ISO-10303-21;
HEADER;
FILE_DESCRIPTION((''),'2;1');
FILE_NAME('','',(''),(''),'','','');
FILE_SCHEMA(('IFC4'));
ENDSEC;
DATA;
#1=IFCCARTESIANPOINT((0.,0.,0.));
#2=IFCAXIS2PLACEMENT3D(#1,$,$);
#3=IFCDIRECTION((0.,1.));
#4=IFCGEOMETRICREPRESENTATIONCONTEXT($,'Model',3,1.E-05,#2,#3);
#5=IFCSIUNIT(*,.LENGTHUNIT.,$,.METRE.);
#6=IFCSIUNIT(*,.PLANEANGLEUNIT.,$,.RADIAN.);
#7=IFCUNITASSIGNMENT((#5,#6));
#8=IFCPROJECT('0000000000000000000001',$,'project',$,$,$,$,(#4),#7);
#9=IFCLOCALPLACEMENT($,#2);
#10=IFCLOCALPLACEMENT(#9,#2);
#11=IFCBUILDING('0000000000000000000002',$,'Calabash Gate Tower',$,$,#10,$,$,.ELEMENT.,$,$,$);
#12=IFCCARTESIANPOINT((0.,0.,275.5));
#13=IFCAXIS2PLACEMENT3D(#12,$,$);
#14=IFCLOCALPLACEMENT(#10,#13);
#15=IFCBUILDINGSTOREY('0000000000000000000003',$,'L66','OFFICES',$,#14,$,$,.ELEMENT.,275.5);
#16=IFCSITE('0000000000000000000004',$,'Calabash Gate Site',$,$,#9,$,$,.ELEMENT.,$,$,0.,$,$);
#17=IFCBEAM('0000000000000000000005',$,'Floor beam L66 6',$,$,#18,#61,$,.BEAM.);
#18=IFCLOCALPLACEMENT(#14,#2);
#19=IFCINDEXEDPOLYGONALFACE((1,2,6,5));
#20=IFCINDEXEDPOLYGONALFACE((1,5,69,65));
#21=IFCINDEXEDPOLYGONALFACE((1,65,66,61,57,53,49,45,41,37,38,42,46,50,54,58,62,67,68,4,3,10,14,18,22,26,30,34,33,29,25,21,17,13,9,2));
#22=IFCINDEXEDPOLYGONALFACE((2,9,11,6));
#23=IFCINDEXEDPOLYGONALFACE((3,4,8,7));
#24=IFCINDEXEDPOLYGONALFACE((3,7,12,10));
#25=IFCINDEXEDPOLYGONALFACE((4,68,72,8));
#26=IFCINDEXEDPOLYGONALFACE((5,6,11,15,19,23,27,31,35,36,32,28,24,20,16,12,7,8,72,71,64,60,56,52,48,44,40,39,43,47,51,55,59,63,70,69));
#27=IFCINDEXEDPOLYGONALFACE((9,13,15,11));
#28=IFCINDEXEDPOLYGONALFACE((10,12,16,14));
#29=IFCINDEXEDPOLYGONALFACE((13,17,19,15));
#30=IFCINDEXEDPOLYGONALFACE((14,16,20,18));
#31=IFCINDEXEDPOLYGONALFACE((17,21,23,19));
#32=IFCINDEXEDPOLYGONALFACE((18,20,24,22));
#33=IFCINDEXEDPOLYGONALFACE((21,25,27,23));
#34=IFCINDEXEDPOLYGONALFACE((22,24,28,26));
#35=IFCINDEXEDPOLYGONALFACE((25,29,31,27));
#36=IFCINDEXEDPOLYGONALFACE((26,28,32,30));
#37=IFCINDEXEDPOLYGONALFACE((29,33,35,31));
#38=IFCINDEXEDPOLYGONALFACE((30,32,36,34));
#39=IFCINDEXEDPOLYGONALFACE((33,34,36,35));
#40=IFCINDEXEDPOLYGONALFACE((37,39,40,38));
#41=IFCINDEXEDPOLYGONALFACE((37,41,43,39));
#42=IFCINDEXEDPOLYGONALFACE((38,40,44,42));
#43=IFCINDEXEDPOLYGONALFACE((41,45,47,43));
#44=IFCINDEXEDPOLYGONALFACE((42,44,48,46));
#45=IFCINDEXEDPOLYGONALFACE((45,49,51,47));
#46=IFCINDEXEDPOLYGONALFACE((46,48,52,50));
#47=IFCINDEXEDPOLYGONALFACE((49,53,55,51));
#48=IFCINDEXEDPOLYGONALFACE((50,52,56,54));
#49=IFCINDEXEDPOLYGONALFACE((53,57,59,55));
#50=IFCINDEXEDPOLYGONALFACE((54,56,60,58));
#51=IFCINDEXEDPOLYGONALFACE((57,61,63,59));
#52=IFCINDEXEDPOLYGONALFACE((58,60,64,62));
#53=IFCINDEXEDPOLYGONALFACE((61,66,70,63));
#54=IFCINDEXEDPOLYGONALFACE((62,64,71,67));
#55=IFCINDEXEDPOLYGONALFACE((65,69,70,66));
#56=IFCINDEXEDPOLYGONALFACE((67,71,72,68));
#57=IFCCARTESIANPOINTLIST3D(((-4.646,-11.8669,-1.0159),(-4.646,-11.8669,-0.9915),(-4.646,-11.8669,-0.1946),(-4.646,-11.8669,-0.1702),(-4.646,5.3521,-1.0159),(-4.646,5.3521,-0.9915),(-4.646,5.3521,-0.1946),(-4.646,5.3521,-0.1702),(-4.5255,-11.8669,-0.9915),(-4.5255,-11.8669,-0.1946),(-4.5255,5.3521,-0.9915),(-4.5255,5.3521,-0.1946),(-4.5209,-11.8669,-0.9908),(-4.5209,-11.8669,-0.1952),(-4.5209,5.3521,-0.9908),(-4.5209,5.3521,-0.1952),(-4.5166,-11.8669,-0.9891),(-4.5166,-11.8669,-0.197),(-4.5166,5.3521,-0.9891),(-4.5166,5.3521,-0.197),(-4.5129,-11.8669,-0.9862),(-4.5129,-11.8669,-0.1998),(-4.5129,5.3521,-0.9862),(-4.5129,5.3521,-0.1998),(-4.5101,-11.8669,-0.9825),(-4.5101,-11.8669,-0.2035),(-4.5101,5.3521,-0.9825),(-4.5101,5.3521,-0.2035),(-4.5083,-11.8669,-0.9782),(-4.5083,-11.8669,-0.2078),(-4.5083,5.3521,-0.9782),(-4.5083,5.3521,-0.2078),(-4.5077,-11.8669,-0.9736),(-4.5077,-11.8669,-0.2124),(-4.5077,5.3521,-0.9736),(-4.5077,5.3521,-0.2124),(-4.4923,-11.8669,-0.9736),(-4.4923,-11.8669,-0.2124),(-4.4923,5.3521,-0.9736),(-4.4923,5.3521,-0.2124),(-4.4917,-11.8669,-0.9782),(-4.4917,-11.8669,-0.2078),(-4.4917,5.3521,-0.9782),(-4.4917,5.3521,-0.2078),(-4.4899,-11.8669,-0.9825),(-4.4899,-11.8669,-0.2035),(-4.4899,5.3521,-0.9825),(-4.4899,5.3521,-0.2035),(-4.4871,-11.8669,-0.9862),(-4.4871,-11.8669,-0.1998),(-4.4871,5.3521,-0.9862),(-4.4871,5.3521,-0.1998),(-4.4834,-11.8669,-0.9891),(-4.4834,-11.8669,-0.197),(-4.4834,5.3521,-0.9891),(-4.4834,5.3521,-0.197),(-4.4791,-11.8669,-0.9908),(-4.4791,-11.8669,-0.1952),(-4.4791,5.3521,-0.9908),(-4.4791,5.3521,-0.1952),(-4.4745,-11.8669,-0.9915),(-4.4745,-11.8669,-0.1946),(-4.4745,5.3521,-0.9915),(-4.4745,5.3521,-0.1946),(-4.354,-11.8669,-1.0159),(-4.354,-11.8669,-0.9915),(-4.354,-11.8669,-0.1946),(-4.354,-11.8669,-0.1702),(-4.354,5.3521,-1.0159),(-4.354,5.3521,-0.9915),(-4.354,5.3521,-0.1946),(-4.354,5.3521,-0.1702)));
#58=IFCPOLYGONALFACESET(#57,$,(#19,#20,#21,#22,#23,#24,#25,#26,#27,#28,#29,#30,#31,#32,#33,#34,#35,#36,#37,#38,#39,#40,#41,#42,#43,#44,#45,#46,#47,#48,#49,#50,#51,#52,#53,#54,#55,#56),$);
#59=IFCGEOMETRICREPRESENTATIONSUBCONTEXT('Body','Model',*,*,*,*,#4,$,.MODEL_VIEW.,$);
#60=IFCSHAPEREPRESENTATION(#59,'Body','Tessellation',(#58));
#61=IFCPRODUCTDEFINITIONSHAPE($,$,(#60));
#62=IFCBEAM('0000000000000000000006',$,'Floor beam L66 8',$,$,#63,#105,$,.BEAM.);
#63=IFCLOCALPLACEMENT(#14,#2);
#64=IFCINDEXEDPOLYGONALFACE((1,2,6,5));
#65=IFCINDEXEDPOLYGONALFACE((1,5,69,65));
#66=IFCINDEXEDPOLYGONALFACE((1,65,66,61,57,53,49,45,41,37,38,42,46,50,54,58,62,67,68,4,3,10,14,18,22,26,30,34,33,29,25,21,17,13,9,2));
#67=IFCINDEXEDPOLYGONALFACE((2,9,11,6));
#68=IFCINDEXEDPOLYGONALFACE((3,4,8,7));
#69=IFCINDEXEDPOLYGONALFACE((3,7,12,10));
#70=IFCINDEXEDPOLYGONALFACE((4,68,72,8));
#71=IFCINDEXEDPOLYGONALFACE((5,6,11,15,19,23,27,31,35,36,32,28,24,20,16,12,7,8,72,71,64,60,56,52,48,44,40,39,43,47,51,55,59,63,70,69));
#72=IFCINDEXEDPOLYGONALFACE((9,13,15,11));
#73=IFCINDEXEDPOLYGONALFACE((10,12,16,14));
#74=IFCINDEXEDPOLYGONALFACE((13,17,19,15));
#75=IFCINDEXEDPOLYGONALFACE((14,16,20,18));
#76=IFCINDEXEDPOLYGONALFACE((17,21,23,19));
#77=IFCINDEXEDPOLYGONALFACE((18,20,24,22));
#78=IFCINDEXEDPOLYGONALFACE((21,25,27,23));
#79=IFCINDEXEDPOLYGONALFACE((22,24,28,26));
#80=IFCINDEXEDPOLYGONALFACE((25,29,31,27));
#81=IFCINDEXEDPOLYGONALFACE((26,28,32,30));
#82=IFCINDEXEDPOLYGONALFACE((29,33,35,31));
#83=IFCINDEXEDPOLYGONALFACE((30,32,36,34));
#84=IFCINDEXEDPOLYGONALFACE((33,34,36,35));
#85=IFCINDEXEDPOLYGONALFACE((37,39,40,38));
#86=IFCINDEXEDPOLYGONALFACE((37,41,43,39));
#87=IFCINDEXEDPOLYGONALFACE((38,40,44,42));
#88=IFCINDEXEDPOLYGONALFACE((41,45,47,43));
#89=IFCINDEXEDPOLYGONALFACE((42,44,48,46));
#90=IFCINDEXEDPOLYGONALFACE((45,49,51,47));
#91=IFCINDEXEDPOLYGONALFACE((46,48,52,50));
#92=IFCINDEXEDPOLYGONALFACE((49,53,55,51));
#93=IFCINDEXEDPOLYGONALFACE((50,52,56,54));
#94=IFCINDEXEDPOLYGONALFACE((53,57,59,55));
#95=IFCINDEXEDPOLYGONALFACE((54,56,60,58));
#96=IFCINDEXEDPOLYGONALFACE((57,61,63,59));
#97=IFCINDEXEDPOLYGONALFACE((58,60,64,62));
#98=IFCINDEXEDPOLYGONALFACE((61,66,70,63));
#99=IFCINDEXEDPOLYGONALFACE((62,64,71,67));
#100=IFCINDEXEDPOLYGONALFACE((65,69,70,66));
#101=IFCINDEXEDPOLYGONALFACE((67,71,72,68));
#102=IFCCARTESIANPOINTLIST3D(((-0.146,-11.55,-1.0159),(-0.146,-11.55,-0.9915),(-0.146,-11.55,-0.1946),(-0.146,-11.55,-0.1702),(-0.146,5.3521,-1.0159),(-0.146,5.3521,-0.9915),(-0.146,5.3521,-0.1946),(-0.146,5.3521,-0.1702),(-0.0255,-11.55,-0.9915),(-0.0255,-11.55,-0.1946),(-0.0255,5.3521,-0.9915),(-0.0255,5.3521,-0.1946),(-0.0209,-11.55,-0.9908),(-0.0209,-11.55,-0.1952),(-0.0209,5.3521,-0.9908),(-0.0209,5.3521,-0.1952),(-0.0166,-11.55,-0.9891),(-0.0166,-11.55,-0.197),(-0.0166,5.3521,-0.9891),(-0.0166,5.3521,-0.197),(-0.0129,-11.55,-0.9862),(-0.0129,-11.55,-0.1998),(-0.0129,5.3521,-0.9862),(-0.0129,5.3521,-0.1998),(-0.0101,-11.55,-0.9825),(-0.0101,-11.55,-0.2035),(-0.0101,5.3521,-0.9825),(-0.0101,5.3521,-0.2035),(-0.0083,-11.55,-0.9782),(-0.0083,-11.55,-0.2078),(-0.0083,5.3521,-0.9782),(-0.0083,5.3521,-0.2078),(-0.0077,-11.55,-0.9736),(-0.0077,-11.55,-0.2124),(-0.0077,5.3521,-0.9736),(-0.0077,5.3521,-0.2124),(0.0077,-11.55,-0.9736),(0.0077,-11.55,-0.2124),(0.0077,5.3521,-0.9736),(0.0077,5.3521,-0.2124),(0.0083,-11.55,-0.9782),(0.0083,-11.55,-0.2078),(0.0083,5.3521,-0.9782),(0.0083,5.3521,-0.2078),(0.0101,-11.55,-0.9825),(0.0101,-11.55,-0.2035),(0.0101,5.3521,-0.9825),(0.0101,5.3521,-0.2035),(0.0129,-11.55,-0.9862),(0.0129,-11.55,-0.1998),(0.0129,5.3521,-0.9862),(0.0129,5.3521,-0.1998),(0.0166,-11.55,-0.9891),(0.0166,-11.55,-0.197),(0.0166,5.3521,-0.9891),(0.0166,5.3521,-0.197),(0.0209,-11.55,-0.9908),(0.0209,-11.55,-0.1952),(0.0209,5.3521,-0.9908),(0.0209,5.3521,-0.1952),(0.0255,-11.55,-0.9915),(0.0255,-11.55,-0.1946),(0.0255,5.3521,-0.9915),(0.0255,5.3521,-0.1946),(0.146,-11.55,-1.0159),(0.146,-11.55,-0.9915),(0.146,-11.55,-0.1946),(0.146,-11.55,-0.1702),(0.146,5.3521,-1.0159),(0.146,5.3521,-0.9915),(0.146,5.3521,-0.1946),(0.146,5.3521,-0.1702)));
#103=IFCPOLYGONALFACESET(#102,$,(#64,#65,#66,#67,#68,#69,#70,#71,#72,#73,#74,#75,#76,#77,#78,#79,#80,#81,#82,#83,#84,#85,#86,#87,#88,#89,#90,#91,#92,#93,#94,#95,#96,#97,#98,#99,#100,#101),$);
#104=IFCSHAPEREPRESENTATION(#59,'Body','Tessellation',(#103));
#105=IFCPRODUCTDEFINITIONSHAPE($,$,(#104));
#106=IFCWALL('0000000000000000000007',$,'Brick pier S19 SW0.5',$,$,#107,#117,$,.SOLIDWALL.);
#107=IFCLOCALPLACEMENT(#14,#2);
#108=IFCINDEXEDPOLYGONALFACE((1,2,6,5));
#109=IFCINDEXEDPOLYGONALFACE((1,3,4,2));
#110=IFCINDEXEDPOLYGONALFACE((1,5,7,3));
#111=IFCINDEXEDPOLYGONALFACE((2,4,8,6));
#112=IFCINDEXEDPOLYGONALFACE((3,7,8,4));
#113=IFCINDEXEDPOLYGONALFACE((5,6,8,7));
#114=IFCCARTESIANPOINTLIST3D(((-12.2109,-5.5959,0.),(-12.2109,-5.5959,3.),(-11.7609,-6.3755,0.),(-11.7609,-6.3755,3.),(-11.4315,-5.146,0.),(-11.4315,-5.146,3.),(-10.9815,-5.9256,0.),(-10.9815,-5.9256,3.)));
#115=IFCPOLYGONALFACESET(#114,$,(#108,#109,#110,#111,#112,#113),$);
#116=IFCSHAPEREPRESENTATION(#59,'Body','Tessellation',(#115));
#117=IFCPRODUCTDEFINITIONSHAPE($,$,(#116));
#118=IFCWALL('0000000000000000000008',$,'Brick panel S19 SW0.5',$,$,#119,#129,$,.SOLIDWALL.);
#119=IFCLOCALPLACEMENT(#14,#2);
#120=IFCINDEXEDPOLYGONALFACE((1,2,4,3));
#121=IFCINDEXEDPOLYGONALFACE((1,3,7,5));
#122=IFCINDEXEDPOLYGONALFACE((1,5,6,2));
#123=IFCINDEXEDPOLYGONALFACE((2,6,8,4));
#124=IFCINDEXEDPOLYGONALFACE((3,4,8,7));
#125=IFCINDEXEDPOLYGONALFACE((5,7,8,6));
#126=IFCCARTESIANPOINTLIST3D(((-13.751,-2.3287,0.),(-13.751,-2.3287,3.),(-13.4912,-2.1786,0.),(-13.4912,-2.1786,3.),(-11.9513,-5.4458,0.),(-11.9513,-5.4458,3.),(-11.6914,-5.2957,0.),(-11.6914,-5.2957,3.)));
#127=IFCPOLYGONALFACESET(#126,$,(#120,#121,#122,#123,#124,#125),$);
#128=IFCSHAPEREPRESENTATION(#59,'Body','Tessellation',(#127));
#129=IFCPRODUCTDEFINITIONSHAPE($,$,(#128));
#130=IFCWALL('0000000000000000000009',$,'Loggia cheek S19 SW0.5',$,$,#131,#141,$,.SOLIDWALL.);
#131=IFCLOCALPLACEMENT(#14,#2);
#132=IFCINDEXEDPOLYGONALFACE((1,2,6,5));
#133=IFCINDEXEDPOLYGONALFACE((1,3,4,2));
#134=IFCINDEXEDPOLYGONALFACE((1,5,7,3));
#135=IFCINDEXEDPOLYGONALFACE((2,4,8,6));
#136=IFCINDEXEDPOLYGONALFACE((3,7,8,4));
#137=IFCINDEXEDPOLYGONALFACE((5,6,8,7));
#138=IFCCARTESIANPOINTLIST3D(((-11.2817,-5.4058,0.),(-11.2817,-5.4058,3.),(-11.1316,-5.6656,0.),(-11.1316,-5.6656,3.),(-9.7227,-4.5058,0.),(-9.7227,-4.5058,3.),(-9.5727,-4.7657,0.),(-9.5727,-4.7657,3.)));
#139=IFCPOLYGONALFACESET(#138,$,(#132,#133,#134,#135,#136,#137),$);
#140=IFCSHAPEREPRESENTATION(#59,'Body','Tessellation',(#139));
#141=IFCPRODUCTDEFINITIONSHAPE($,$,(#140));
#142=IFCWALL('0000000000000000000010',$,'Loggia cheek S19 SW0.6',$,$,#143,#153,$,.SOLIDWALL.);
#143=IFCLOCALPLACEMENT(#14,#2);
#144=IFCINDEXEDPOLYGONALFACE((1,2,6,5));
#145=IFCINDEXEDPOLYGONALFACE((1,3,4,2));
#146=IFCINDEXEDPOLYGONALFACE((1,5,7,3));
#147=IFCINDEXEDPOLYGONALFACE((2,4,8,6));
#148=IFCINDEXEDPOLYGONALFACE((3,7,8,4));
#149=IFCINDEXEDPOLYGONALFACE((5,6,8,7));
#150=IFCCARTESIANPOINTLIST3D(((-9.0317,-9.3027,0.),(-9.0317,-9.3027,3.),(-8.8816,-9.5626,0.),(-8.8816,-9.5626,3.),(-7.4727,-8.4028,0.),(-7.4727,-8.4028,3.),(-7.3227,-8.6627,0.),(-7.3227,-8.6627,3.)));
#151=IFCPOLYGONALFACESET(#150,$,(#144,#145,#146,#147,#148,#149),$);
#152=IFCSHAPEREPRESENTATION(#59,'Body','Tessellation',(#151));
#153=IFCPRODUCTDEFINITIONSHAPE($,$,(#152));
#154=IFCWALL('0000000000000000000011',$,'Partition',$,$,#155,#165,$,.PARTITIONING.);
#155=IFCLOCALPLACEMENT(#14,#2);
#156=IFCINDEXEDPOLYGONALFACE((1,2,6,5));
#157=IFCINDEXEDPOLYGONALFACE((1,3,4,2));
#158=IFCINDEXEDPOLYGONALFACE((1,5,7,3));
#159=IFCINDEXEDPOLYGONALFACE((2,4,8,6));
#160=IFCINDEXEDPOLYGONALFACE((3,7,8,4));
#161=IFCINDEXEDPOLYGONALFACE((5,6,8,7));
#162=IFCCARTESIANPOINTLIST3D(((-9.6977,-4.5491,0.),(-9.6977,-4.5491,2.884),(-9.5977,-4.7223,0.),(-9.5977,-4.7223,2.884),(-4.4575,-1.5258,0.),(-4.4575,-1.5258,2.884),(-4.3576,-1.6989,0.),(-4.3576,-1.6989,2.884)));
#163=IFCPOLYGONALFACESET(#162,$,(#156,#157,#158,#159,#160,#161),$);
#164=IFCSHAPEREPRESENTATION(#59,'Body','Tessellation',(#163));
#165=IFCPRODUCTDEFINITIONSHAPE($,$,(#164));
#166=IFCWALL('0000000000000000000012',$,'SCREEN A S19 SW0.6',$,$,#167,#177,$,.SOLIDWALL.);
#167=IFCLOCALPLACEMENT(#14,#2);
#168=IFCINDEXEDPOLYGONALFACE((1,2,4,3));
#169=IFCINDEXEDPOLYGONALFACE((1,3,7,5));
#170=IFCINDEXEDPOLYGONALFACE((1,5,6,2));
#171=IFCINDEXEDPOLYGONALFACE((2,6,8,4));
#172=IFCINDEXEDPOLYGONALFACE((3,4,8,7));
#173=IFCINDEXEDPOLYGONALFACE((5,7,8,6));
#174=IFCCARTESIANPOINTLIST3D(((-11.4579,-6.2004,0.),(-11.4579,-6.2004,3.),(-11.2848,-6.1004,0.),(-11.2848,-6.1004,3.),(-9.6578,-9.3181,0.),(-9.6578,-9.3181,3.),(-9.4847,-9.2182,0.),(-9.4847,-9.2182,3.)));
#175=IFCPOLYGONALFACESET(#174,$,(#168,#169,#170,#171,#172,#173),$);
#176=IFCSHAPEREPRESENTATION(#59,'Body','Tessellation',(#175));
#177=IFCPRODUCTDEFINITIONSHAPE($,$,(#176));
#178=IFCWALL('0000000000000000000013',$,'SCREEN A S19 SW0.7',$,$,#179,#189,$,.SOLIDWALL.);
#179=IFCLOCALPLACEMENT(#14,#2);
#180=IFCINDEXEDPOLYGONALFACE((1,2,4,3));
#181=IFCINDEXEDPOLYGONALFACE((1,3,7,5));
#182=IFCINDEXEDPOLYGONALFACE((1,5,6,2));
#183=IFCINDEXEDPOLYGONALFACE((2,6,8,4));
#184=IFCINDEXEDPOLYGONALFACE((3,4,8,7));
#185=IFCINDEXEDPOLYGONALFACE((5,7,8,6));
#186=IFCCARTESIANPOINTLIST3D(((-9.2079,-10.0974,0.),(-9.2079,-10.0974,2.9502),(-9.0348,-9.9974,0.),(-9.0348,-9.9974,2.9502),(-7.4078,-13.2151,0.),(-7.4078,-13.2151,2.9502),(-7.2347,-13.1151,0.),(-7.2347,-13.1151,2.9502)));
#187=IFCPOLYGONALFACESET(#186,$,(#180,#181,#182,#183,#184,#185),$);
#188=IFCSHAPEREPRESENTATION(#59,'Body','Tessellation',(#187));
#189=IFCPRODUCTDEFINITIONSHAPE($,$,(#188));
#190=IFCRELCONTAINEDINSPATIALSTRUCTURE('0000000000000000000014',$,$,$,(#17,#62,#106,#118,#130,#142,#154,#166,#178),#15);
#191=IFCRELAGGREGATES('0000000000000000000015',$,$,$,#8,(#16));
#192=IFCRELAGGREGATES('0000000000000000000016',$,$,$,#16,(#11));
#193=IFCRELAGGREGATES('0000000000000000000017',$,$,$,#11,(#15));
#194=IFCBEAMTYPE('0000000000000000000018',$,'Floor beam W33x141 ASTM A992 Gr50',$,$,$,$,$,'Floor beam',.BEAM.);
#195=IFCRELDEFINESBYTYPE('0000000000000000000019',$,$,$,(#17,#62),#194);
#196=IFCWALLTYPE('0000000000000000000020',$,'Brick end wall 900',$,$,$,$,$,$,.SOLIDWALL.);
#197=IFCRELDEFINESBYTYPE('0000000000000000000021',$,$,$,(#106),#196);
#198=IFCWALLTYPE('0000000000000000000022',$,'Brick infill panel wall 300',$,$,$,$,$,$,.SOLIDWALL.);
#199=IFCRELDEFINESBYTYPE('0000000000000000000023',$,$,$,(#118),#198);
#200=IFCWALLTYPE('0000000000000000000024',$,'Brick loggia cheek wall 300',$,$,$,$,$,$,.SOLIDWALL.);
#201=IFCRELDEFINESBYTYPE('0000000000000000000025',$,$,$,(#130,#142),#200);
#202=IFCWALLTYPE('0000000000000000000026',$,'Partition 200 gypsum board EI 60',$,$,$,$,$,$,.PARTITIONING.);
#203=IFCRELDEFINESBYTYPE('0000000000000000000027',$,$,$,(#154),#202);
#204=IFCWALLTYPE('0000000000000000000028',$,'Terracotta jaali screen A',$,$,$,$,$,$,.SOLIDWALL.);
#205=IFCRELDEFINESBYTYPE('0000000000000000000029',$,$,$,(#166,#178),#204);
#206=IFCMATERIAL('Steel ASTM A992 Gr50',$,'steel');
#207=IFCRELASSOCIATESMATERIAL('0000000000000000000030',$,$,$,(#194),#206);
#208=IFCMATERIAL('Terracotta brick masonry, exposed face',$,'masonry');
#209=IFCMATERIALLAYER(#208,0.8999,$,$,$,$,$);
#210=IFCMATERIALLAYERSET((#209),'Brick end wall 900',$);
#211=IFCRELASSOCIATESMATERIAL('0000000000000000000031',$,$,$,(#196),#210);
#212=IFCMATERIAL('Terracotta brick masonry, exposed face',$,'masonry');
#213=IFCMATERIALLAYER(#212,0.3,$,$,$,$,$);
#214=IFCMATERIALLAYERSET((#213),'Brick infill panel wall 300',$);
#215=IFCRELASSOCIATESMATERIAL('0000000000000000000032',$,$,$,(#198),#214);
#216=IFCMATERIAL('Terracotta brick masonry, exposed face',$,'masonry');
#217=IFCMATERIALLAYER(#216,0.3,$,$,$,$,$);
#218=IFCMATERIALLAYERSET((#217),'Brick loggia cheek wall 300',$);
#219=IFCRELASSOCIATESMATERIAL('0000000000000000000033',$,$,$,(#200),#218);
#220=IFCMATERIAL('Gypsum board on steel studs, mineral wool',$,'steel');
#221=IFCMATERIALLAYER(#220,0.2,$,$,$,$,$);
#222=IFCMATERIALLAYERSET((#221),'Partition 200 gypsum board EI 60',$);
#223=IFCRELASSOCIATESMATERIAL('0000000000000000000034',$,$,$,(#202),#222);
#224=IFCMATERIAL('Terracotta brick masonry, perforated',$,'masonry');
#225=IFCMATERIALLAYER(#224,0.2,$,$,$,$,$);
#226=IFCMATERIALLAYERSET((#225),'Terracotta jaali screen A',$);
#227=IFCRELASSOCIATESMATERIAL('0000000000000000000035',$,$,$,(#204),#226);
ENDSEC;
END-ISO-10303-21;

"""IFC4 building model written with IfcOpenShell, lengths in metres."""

from ifc_helpers import new_model, si_unit, direction, frame, frame_2d, origin, origin_2d, place, context, subcontext, project, spatial, rectangle, i_section, extrude, material, layer, layer_set, material_profile, profile_set, type_object, element, save


model = new_model("IFC4")

# Units and contexts
model_context = context("Model", 3, precision=1e-05, world=origin(), true_north=direction((0.0, 1.0)))
body_context = subcontext(model_context, "Body", "Model", "MODEL_VIEW")
ifc_project = project(units=[si_unit("LENGTHUNIT", "METRE"), si_unit("PLANEANGLEUNIT", "RADIAN")], contexts=[model_context])

# Site, building, storey
site_placement = place(None, origin())
site = spatial("IfcSite", under=ifc_project, at=site_placement, Name="Calabash Gate Site", CompositionType="ELEMENT", RefElevation=0.0)
building_placement = place(site_placement, origin())
building = spatial("IfcBuilding", under=site, at=building_placement, Name="Calabash Gate Tower", CompositionType="ELEMENT")
storey_placement = place(building_placement, frame((0.0, 0.0, 275.5)))
storey = spatial("IfcBuildingStorey", under=building, at=storey_placement, Name="L66", Description="OFFICES", CompositionType="ELEMENT", Elevation=275.5)

# Beams
ifc_material_1 = material(Name="Steel ASTM A992 Gr50", Category="steel")
ifc_material_profile_1 = material_profile(ifc_material_1, i_section(OverallWidth=0.292, OverallDepth=0.8457, WebThickness=0.0154, FlangeThickness=0.0244, FilletRadius=0.0178, at=origin_2d()))
ifc_profile_set_1 = profile_set([ifc_material_profile_1], Name="Steel ASTM A992 Gr50")
beam_type_1 = type_object("IfcBeamType", Name="Floor beam W33x141 ASTM A992 Gr50", ElementType="Floor beam", PredefinedType="BEAM", material=ifc_profile_set_1)
beam_1_placement = place(storey_placement, frame((-4.5, -11.8669, -0.593), z_axis=(0.0, 1.0, 0.0), x_axis=(-1.0, 0.0, 0.0)))
element("IfcBeam", 1, at=beam_1_placement, inside=storey, type_object=beam_type_1, Name="Floor beam L66 6", PredefinedType="BEAM", context=body_context, shape_type="SweptSolid", body=[
    extrude(i_section(OverallWidth=0.292, OverallDepth=0.8457, WebThickness=0.0154, FlangeThickness=0.0244, FilletRadius=0.0178, at=origin_2d()), origin(), (0.0, 0.0, 1.0), 17.219),
])
beam_2_placement = place(storey_placement, frame((0.0, -11.55, -0.593), z_axis=(0.0, 1.0, 0.0), x_axis=(-1.0, 0.0, 0.0)))
element("IfcBeam", 2, at=beam_2_placement, inside=storey, type_object=beam_type_1, Name="Floor beam L66 8", PredefinedType="BEAM", context=body_context, shape_type="SweptSolid", body=[
    extrude(i_section(OverallWidth=0.292, OverallDepth=0.8457, WebThickness=0.0154, FlangeThickness=0.0244, FilletRadius=0.0178, at=origin_2d()), origin(), (0.0, 0.0, 1.0), 16.9021),
])

# Walls
ifc_material_2 = material(Name="Terracotta brick masonry, exposed face", Category="masonry")
ifc_layer_1 = layer(ifc_material_2, 0.8999)
ifc_layer_set_1 = layer_set([ifc_layer_1], Name="Brick end wall 900")
wall_type_1 = type_object("IfcWallType", Name="Brick end wall 900", PredefinedType="SOLIDWALL", material=ifc_layer_set_1)
wall_1_placement = place(storey_placement, frame((-11.8213, -5.3708, 0.0), z_axis=(0.0, 0.0, 1.0), x_axis=(0.499902, -0.866082, 0.0)))
element("IfcWall", 3, at=wall_1_placement, inside=storey, type_object=wall_type_1, Name="Brick pier S19 SW0.5", PredefinedType="SOLIDWALL", context=body_context, shape_type="SweptSolid", body=[
    extrude(rectangle(XDim=0.9001, YDim=0.8999, at=frame_2d((0.4502, 0.0))), origin(), (0.0, 0.0, 1.0), 3.0),
])
ifc_material_3 = material(Name="Terracotta brick masonry, exposed face", Category="masonry")
ifc_layer_2 = layer(ifc_material_3, 0.3)
ifc_layer_set_2 = layer_set([ifc_layer_2], Name="Brick infill panel wall 300")
wall_type_2 = type_object("IfcWallType", Name="Brick infill panel wall 300", PredefinedType="SOLIDWALL", material=ifc_layer_set_2)
wall_2_placement = place(storey_placement, frame((-11.8213, -5.3708, 0.0), z_axis=(0.0, 0.0, 1.0), x_axis=(-0.50002, 0.866014, 0.0)))
element("IfcWall", 4, at=wall_2_placement, inside=storey, type_object=wall_type_2, Name="Brick panel S19 SW0.5", PredefinedType="SOLIDWALL", context=body_context, shape_type="SweptSolid", body=[
    extrude(rectangle(XDim=3.5994, YDim=0.3, at=frame_2d((1.7998, 0.0))), origin(), (0.0, 0.0, 1.0), 3.0),
])
ifc_material_4 = material(Name="Terracotta brick masonry, exposed face", Category="masonry")
ifc_layer_3 = layer(ifc_material_4, 0.3)
ifc_layer_set_3 = layer_set([ifc_layer_3], Name="Brick loggia cheek wall 300")
wall_type_3 = type_object("IfcWallType", Name="Brick loggia cheek wall 300", PredefinedType="SOLIDWALL", material=ifc_layer_set_3)
for number, where, z_axis, x_axis, name in (
    (5, (-11.2065, -5.5356, 0.0), (0.0, 0.0, 1.0), (0.866048, 0.499961, 0.0), "Loggia cheek S19 SW0.5"),
    (6, (-8.9565, -9.4326, 0.0), (0.0, 0.0, 1.0), (0.866048, 0.499961, 0.0), "Loggia cheek S19 SW0.6"),
):
    element("IfcWall", number, at=place(storey_placement, frame(where, z_axis=z_axis, x_axis=x_axis)), inside=storey, type_object=wall_type_3, Name=name, PredefinedType="SOLIDWALL", context=body_context, shape_type="SweptSolid", body=[
        extrude(rectangle(XDim=1.8, YDim=0.3, at=frame_2d((0.8999, 0.0))), origin(), (0.0, 0.0, 1.0), 3.0),
    ])
ifc_material_5 = material(Name="Gypsum board on steel studs, mineral wool", Category="steel")
ifc_layer_4 = layer(ifc_material_5, 0.2)
ifc_layer_set_4 = layer_set([ifc_layer_4], Name="Partition 200 gypsum board EI 60")
wall_type_4 = type_object("IfcWallType", Name="Partition 200 gypsum board EI 60", PredefinedType="PARTITIONING", material=ifc_layer_set_4)
wall_3_placement = place(storey_placement, frame((-9.6477, -4.6357, 0.0), z_axis=(0.0, 0.0, 1.0), x_axis=(0.866169, 0.49975, 0.0)))
element("IfcWall", 7, at=wall_3_placement, inside=storey, type_object=wall_type_4, Name="Partition", PredefinedType="PARTITIONING", context=body_context, shape_type="SweptSolid", body=[
    extrude(rectangle(XDim=6.0498, YDim=0.2, at=frame_2d((3.0249, 0.0))), origin(), (0.0, 0.0, 1.0), 2.884),
])
ifc_material_6 = material(Name="Terracotta brick masonry, perforated", Category="masonry")
ifc_layer_5 = layer(ifc_material_6, 0.2)
ifc_layer_set_5 = layer_set([ifc_layer_5], Name="Terracotta jaali screen A")
wall_type_5 = type_object("IfcWallType", Name="Terracotta jaali screen A", PredefinedType="SOLIDWALL", material=ifc_layer_set_5)
wall_4_placement = place(storey_placement, frame((-11.3713, -6.1504, 0.0), z_axis=(0.0, 0.0, 1.0), x_axis=(0.500012, -0.866018, 0.0)))
element("IfcWall", 8, at=wall_4_placement, inside=storey, type_object=wall_type_5, Name="SCREEN A S19 SW0.6", PredefinedType="SOLIDWALL", context=body_context, shape_type="SweptSolid", body=[
    extrude(rectangle(XDim=3.6001, YDim=0.2, at=frame_2d((1.8, 0.0))), origin(), (0.0, 0.0, 1.0), 3.0),
])
wall_5_placement = place(storey_placement, frame((-9.1213, -10.0474, 0.0), z_axis=(0.0, 0.0, 1.0), x_axis=(0.500012, -0.866018, 0.0)))
element("IfcWall", 9, at=wall_5_placement, inside=storey, type_object=wall_type_5, Name="SCREEN A S19 SW0.7", PredefinedType="SOLIDWALL", context=body_context, shape_type="SweptSolid", body=[
    extrude(rectangle(XDim=3.6001, YDim=0.2, at=frame_2d((1.8, 0.0))), origin(), (0.0, 0.0, 1.0), 2.9502),
])

save(model, "model.ifc")
